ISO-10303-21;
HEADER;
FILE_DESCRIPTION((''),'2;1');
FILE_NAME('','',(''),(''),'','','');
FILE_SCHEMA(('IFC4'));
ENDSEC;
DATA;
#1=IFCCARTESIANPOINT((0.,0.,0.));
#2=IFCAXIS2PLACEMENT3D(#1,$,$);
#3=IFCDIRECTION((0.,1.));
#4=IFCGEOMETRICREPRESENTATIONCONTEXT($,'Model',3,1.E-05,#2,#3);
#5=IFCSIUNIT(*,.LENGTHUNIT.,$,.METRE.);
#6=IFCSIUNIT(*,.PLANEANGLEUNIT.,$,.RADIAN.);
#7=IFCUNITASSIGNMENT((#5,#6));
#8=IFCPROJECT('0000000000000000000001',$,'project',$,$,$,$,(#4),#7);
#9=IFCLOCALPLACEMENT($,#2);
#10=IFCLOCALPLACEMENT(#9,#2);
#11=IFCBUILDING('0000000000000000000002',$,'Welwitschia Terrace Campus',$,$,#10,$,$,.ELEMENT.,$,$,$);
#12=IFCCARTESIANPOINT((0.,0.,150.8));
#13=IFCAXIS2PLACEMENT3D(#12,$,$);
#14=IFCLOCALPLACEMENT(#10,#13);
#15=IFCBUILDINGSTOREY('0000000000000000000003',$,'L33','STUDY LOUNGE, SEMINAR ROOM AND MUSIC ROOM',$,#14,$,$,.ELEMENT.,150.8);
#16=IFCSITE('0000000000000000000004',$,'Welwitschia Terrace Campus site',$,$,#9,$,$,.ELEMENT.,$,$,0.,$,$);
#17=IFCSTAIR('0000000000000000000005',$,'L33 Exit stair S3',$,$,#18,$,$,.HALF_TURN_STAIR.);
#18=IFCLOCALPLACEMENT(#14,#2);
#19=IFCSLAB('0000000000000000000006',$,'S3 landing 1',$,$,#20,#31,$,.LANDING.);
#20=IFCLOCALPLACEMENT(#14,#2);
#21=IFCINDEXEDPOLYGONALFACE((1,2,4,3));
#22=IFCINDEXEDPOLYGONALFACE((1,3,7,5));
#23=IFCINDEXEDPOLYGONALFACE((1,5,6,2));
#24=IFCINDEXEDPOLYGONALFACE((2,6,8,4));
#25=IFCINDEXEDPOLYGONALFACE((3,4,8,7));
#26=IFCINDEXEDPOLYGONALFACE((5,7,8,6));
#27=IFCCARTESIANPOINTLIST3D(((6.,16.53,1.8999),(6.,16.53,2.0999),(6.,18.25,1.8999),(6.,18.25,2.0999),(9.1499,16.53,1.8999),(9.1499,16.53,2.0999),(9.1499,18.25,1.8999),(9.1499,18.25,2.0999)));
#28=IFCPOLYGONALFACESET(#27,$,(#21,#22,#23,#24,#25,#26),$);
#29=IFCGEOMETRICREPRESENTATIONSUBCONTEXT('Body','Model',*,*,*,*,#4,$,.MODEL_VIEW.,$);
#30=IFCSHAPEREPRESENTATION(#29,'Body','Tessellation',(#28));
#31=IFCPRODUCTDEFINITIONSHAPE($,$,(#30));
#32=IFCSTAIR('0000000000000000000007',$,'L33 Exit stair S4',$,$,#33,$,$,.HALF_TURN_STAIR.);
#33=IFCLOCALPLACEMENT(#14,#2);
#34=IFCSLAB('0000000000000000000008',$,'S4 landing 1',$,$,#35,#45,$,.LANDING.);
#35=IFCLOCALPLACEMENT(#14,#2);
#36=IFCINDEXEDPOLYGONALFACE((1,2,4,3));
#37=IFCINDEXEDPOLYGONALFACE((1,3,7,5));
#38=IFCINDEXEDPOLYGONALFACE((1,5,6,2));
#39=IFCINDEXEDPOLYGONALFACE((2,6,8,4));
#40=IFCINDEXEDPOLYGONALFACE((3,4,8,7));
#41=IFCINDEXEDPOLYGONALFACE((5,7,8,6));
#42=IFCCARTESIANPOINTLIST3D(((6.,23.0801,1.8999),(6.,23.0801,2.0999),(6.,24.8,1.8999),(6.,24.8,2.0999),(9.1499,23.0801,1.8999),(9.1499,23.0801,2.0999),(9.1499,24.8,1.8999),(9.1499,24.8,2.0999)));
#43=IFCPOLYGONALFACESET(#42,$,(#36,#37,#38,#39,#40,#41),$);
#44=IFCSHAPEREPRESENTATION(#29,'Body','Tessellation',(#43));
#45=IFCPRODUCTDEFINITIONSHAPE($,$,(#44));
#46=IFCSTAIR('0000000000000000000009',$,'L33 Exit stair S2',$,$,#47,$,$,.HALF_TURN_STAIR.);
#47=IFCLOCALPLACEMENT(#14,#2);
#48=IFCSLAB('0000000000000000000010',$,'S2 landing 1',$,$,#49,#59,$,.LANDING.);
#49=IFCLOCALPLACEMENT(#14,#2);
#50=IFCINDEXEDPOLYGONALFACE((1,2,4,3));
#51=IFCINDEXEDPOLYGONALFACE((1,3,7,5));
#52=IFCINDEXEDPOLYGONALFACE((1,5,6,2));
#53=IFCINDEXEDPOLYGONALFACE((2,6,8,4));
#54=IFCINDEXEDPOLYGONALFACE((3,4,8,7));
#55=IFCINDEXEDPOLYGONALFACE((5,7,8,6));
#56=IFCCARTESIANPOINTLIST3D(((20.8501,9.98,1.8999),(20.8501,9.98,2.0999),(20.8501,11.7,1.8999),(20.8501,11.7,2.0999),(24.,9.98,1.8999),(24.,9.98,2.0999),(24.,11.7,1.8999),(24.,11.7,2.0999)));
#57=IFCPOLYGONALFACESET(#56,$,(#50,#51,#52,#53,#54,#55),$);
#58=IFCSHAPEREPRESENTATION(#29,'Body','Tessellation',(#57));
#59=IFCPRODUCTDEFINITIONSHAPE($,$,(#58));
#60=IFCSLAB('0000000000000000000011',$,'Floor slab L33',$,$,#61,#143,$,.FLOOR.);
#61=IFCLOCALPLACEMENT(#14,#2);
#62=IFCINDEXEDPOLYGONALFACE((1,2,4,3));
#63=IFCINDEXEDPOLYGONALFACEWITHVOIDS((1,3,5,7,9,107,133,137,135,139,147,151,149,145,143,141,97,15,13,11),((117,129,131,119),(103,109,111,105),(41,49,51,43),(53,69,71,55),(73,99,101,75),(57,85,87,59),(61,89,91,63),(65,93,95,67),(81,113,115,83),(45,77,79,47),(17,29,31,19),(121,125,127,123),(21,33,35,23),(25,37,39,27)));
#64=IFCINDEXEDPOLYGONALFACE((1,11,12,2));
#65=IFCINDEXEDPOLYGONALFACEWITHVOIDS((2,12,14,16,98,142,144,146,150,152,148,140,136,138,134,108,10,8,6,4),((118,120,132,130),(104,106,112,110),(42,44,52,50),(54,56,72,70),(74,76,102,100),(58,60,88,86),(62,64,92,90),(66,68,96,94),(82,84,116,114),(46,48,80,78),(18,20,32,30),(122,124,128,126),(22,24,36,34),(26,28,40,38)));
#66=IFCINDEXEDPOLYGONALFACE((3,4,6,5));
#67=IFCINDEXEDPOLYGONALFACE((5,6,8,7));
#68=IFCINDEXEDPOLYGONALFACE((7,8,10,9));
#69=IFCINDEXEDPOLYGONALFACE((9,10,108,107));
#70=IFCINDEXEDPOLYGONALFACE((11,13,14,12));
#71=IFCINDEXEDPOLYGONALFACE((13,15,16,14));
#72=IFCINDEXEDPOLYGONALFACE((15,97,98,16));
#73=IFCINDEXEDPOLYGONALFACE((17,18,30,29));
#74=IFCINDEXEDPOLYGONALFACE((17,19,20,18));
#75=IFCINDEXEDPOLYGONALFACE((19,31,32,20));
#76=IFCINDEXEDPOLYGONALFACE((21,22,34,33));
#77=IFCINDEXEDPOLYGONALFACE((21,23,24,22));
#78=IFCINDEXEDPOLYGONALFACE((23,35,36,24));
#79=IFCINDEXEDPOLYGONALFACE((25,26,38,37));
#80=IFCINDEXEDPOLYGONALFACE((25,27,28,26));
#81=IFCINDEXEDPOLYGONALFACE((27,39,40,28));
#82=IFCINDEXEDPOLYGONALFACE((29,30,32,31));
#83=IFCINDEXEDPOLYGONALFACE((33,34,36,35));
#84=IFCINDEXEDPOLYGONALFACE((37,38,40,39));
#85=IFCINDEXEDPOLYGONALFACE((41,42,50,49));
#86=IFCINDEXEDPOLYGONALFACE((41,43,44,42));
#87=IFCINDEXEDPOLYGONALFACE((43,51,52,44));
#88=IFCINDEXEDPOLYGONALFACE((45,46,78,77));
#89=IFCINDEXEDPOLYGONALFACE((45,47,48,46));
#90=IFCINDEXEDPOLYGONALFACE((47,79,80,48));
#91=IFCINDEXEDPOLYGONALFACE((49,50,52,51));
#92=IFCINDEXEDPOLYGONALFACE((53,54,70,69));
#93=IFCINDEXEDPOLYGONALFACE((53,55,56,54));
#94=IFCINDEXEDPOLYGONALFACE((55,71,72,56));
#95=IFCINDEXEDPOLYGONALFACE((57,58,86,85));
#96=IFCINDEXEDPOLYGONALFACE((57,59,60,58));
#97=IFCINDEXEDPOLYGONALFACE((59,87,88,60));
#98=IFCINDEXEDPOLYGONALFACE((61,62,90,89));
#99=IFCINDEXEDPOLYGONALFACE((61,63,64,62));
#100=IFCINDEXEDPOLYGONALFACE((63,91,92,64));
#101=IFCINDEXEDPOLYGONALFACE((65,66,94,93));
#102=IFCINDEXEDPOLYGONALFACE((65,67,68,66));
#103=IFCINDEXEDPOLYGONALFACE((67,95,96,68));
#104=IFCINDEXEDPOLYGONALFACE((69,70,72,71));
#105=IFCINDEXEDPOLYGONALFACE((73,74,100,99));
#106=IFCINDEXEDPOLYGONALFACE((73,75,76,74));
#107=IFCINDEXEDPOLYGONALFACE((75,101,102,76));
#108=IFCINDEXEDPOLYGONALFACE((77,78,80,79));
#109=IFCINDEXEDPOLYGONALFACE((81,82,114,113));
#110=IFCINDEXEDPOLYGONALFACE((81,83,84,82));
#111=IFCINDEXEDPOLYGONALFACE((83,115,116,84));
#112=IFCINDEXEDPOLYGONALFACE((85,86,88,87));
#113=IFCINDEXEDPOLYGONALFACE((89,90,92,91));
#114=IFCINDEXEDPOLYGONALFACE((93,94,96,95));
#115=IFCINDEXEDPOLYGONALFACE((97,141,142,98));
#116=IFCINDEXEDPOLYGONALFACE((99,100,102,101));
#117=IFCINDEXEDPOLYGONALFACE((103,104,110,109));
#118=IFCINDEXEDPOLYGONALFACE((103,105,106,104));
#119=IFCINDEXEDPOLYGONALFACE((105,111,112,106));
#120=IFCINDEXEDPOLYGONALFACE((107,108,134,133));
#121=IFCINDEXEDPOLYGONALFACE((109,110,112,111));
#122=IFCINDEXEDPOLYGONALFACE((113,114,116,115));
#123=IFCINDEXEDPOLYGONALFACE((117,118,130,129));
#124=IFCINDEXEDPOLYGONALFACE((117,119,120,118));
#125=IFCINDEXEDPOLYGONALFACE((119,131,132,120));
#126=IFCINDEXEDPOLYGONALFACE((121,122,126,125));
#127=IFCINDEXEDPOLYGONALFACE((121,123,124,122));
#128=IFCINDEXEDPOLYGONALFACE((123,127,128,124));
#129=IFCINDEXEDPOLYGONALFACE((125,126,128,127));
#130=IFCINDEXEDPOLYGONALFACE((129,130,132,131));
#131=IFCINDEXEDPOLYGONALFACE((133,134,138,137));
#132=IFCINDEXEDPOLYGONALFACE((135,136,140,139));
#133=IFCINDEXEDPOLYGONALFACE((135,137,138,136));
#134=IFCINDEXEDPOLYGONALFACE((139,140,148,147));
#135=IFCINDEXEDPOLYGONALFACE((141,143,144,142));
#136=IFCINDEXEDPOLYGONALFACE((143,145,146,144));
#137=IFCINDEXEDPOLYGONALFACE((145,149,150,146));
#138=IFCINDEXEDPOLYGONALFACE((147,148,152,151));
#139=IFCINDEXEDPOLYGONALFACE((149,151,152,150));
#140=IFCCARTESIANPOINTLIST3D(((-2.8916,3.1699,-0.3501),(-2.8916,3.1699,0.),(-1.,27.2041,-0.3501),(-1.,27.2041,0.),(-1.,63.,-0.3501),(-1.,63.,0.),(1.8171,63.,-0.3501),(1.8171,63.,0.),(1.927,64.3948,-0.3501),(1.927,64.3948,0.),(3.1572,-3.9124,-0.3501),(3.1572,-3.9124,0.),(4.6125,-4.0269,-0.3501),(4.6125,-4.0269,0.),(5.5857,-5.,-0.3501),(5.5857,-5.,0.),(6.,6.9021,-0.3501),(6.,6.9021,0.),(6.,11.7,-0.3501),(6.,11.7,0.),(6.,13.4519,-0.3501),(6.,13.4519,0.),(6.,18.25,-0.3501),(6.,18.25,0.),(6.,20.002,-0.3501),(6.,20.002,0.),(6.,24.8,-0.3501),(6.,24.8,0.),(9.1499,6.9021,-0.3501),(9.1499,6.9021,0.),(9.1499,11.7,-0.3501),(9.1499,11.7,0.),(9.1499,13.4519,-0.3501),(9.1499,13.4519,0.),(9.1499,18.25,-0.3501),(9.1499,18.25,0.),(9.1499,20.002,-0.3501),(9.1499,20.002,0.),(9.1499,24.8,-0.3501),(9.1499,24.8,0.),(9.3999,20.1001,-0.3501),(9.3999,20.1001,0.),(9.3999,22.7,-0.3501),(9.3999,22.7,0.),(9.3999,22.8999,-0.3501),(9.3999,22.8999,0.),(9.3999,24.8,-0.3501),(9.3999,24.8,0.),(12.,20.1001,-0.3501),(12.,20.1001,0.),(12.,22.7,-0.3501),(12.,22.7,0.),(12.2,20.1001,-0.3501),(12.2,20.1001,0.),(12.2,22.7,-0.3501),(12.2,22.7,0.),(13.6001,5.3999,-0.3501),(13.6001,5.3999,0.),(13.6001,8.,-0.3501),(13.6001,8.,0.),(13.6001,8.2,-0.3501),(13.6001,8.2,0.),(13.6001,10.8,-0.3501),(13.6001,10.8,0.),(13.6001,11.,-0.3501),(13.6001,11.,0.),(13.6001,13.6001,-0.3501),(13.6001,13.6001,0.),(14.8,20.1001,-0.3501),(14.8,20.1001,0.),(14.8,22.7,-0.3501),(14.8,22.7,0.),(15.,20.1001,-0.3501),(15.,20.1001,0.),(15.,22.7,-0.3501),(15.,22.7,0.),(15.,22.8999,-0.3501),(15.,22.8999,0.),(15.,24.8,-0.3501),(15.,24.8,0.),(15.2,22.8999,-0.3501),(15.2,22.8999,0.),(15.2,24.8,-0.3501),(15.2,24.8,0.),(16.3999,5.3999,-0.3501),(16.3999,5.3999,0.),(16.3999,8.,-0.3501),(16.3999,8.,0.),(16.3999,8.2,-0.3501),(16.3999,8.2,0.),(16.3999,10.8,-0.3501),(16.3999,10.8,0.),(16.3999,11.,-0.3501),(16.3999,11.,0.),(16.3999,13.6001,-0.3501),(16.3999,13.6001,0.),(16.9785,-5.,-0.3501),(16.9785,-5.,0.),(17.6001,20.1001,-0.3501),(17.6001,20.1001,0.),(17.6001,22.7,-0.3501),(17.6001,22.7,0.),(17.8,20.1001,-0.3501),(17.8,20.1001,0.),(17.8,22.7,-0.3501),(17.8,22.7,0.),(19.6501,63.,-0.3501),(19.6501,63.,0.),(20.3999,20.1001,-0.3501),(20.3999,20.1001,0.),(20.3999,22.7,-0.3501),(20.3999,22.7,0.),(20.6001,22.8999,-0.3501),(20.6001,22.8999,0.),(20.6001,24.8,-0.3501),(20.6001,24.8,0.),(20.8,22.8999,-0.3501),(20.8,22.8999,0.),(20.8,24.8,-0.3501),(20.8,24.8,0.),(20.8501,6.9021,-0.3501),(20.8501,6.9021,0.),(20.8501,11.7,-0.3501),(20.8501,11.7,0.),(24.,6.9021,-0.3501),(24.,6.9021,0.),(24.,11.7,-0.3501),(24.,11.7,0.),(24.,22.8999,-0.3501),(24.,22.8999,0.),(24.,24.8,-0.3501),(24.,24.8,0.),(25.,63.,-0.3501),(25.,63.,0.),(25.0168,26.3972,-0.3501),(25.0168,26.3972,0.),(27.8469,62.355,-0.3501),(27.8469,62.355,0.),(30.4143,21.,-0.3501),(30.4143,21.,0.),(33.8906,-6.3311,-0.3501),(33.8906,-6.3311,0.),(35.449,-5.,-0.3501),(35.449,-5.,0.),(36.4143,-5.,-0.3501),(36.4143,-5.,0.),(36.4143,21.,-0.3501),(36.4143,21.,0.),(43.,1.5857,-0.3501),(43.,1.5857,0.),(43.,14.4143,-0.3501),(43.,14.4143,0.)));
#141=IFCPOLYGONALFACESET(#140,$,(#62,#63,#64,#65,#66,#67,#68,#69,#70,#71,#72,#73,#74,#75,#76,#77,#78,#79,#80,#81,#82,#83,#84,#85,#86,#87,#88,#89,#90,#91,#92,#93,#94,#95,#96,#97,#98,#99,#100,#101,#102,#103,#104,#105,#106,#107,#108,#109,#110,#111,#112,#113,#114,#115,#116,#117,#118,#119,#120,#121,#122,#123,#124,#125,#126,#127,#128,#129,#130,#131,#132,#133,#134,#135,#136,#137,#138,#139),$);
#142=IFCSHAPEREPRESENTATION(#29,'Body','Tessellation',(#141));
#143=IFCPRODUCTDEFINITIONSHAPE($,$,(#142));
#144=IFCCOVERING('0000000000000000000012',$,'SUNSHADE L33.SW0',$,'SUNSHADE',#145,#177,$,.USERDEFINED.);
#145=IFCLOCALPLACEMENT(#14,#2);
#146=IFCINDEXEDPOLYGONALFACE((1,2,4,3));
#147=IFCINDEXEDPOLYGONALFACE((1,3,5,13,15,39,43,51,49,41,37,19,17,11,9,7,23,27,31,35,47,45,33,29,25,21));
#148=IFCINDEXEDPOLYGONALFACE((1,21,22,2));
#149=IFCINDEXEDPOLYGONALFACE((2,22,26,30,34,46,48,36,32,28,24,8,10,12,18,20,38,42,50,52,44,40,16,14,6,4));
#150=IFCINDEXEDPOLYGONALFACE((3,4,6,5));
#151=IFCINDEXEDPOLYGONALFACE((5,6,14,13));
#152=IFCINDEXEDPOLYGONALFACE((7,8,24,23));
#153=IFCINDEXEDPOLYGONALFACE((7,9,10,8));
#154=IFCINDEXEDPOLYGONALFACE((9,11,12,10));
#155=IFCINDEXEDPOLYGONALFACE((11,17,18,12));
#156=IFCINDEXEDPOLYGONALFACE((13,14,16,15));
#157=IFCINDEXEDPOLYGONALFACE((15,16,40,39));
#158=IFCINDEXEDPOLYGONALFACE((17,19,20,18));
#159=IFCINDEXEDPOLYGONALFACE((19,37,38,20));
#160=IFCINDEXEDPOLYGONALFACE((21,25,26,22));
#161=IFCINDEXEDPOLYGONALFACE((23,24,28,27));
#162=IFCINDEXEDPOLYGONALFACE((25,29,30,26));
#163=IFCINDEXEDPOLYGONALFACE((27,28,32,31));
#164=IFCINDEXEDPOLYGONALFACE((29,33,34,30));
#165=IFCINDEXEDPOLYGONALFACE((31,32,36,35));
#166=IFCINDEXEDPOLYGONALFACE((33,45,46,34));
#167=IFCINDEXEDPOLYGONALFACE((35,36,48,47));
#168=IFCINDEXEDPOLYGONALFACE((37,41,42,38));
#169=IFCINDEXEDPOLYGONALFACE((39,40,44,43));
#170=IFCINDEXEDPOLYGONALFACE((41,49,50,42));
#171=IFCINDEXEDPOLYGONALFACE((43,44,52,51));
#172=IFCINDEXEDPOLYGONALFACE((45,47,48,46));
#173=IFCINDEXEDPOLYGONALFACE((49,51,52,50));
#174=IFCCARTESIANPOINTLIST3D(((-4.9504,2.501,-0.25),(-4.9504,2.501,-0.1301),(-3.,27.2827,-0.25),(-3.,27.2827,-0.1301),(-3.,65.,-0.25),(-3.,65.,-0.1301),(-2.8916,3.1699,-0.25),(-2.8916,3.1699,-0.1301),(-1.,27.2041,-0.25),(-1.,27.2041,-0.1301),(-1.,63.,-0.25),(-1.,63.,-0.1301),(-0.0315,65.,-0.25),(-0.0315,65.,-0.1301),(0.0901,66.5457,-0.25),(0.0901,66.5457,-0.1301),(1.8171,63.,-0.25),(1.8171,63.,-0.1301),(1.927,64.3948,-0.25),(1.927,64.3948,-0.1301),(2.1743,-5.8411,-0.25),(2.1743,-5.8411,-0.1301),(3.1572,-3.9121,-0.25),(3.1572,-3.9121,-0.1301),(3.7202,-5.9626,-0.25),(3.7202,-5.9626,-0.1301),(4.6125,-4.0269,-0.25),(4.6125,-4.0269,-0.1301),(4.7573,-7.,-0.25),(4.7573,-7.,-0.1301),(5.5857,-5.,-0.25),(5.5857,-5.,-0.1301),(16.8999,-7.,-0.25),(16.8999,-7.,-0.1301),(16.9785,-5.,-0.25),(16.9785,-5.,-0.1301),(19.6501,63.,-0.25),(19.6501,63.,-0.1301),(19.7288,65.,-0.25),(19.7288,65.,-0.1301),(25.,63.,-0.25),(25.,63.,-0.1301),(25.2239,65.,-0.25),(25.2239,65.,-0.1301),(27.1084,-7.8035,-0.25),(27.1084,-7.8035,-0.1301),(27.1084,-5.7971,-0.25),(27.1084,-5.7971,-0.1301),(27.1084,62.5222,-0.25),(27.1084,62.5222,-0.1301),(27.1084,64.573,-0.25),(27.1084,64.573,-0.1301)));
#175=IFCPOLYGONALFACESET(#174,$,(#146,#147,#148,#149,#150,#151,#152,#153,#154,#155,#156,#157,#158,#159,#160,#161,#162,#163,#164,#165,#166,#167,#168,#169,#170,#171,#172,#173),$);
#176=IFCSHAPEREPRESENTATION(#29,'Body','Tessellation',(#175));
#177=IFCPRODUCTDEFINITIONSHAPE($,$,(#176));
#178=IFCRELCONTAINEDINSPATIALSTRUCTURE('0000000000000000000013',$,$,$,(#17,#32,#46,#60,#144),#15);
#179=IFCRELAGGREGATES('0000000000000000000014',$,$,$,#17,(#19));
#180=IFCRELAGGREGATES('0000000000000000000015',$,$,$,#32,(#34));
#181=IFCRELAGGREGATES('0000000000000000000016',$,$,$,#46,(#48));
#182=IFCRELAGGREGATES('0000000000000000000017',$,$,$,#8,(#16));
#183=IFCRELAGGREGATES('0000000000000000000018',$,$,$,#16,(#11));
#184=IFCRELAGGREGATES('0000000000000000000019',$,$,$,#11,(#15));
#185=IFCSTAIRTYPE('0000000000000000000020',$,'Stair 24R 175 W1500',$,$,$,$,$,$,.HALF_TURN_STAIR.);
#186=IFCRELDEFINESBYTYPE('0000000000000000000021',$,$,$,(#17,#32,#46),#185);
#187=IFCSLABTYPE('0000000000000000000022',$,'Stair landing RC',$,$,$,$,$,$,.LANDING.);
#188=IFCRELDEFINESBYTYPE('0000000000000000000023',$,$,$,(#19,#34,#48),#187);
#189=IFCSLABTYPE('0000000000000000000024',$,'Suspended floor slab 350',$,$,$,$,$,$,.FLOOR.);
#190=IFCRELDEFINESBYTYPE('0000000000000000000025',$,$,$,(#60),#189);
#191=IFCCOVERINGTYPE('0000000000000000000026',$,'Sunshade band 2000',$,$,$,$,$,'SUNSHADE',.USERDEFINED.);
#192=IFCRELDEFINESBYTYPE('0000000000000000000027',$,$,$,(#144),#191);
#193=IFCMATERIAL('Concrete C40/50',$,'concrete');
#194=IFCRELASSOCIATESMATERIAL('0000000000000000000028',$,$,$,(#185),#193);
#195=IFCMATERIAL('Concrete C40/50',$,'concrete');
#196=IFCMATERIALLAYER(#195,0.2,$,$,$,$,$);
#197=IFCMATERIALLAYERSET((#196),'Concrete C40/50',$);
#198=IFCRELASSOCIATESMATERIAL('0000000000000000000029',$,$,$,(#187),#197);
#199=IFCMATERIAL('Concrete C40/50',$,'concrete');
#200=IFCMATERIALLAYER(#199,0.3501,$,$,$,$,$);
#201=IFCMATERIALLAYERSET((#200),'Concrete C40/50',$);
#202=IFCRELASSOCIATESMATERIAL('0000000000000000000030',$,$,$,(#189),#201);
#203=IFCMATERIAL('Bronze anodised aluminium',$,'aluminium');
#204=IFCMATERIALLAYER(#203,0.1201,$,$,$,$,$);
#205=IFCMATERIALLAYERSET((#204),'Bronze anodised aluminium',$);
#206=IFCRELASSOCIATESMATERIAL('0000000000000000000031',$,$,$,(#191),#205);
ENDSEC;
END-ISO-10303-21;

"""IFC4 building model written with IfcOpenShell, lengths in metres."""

from ifc_helpers import new_model, si_unit, direction, frame, origin, place, context, subcontext, project, spatial, polyline, outline, extrude, material, layer, layer_set, type_object, element, aggregate, save


model = new_model("IFC4")

# Units and contexts
model_context = context("Model", 3, precision=1e-05, world=origin(), true_north=direction((0.0, 1.0)))
body_context = subcontext(model_context, "Body", "Model", "MODEL_VIEW")
ifc_project = project(units=[si_unit("LENGTHUNIT", "METRE"), si_unit("PLANEANGLEUNIT", "RADIAN")], contexts=[model_context])

# Site, building, storey
site_placement = place(None, origin())
site = spatial("IfcSite", under=ifc_project, at=site_placement, Name="Welwitschia Terrace Campus site", CompositionType="ELEMENT", RefElevation=0.0)
building_placement = place(site_placement, origin())
building = spatial("IfcBuilding", under=site, at=building_placement, Name="Welwitschia Terrace Campus", CompositionType="ELEMENT")
storey_placement = place(building_placement, frame((0.0, 0.0, 150.8)))
storey = spatial("IfcBuildingStorey", under=building, at=storey_placement, Name="L33", Description="STUDY LOUNGE, SEMINAR ROOM AND MUSIC ROOM", CompositionType="ELEMENT", Elevation=150.8)

# Stairs, slabs
ifc_material_1 = material(Name="Concrete C40/50", Category="concrete")
stair_type = type_object("IfcStairType", Name="Stair 24R 175 W1500", PredefinedType="HALF_TURN_STAIR", material=ifc_material_1)
ifc_material_2 = material(Name="Concrete C40/50", Category="concrete")
ifc_layer_1 = layer(ifc_material_2, 0.2)
ifc_layer_set_1 = layer_set([ifc_layer_1], Name="Concrete C40/50")
slab_type_1 = type_object("IfcSlabType", Name="Stair landing RC", PredefinedType="LANDING", material=ifc_layer_set_1)
stair_1_placement = place(storey_placement, origin())
stair_1 = element("IfcStair", 1, at=stair_1_placement, inside=storey, type_object=stair_type, Name="L33 Exit stair S3", PredefinedType="HALF_TURN_STAIR")
slab_1_placement = place(storey_placement, frame((0.0, 0.0, 1.8999)))
slab_1 = element("IfcSlab", 2, at=slab_1_placement, type_object=slab_type_1, Name="S3 landing 1", PredefinedType="LANDING", context=body_context, shape_type="SweptSolid", body=[
    extrude(outline(polyline([(9.1499, 16.53), (9.1499, 18.25), (6.0, 18.25), (6.0, 16.53), (9.1499, 16.53)])), origin(), (0.0, 0.0, 1.0), 0.2),
])
aggregate(stair_1, [slab_1])
stair_2_placement = place(storey_placement, origin())
stair_2 = element("IfcStair", 3, at=stair_2_placement, inside=storey, type_object=stair_type, Name="L33 Exit stair S4", PredefinedType="HALF_TURN_STAIR")
slab_2_placement = place(storey_placement, frame((0.0, 0.0, 1.8999)))
slab_2 = element("IfcSlab", 4, at=slab_2_placement, type_object=slab_type_1, Name="S4 landing 1", PredefinedType="LANDING", context=body_context, shape_type="SweptSolid", body=[
    extrude(outline(polyline([(9.1499, 23.0801), (9.1499, 24.8), (6.0, 24.8), (6.0, 23.0801), (9.1499, 23.0801)])), origin(), (0.0, 0.0, 1.0), 0.2),
])
aggregate(stair_2, [slab_2])
stair_3_placement = place(storey_placement, origin())
stair_3 = element("IfcStair", 5, at=stair_3_placement, inside=storey, type_object=stair_type, Name="L33 Exit stair S2", PredefinedType="HALF_TURN_STAIR")
slab_3_placement = place(storey_placement, frame((0.0, 0.0, 1.8999)))
slab_3 = element("IfcSlab", 6, at=slab_3_placement, type_object=slab_type_1, Name="S2 landing 1", PredefinedType="LANDING", context=body_context, shape_type="SweptSolid", body=[
    extrude(outline(polyline([(24.0, 9.98), (24.0, 11.7), (20.8501, 11.7), (20.8501, 9.98), (24.0, 9.98)])), origin(), (0.0, 0.0, 1.0), 0.2),
])
aggregate(stair_3, [slab_3])

# Slab
ifc_material_3 = material(Name="Concrete C40/50", Category="concrete")
ifc_layer_2 = layer(ifc_material_3, 0.3501)
ifc_layer_set_2 = layer_set([ifc_layer_2], Name="Concrete C40/50")
slab_type_2 = type_object("IfcSlabType", Name="Suspended floor slab 350", PredefinedType="FLOOR", material=ifc_layer_set_2)
slab_4_placement = place(storey_placement, frame((0.0, 0.0, -0.3501)))
element("IfcSlab", 7, at=slab_4_placement, inside=storey, type_object=slab_type_2, Name="Floor slab L33", PredefinedType="FLOOR", context=body_context, shape_type="SweptSolid", body=[
    extrude(outline(polyline([(1.8171, 63.0), (1.927, 64.3948), (19.6501, 63.0), (25.0, 63.0), (27.8469, 62.355), (25.0168, 26.3972), (30.4143, 21.0), (36.4143, 21.0), (43.0, 14.4143), (43.0, 1.5857), (36.4143, -5.0), (35.449, -5.0), (33.8906, -6.3311), (16.9785, -5.0), (5.5857, -5.0), (4.6125, -4.0269), (3.1572, -3.9124), (-2.8916, 3.1699), (-1.0, 27.2041), (-1.0, 63.0), (1.8171, 63.0)]), holes=[polyline([(13.6001, 8.0), (13.6001, 5.3999), (16.3999, 5.3999), (16.3999, 8.0), (13.6001, 8.0)]), polyline([(9.1499, 11.7), (6.0, 11.7), (6.0, 6.9021), (9.1499, 6.9021), (9.1499, 11.7)]), polyline([(9.1499, 18.25), (6.0, 18.25), (6.0, 13.4519), (9.1499, 13.4519), (9.1499, 18.25)]), polyline([(12.0, 22.7), (9.3999, 22.7), (9.3999, 20.1001), (12.0, 20.1001), (12.0, 22.7)]), polyline([(14.8, 22.7), (12.2, 22.7), (12.2, 20.1001), (14.8, 20.1001), (14.8, 22.7)]), polyline([(9.1499, 24.8), (6.0, 24.8), (6.0, 20.002), (9.1499, 20.002), (9.1499, 24.8)]), polyline([(15.0, 24.8), (9.3999, 24.8), (9.3999, 22.8999), (15.0, 22.8999), (15.0, 24.8)]), polyline([(20.8501, 11.7), (20.8501, 6.9021), (24.0, 6.9021), (24.0, 11.7), (20.8501, 11.7)]), polyline([(16.3999, 10.8), (13.6001, 10.8), (13.6001, 8.2), (16.3999, 8.2), (16.3999, 10.8)]), polyline([(16.3999, 13.6001), (13.6001, 13.6001), (13.6001, 11.0), (16.3999, 11.0), (16.3999, 13.6001)]), polyline([(17.6001, 22.7), (15.0, 22.7), (15.0, 20.1001), (17.6001, 20.1001), (17.6001, 22.7)]), polyline([(20.3999, 22.7), (17.8, 22.7), (17.8, 20.1001), (20.3999, 20.1001), (20.3999, 22.7)]), polyline([(20.6001, 24.8), (15.2, 24.8), (15.2, 22.8999), (20.6001, 22.8999), (20.6001, 24.8)]), polyline([(24.0, 24.8), (20.8, 24.8), (20.8, 22.8999), (24.0, 22.8999), (24.0, 24.8)])]), origin(), (0.0, 0.0, 1.0), 0.3501),
])

# Covering
ifc_material_4 = material(Name="Bronze anodised aluminium", Category="aluminium")
ifc_layer_3 = layer(ifc_material_4, 0.1201)
ifc_layer_set_3 = layer_set([ifc_layer_3], Name="Bronze anodised aluminium")
covering_type_1 = type_object("IfcCoveringType", Name="Sunshade band 2000", ElementType="SUNSHADE", PredefinedType="USERDEFINED", material=ifc_layer_set_3)
covering_1_placement = place(storey_placement, frame((0.0, 0.0, -0.25)))
element("IfcCovering", 8, at=covering_1_placement, inside=storey, type_object=covering_type_1, Name="SUNSHADE L33.SW0", ObjectType="SUNSHADE", PredefinedType="USERDEFINED", context=body_context, shape_type="SweptSolid", body=[
    extrude(outline(polyline([(0.0901, 66.5457), (19.7288, 65.0), (25.2239, 65.0), (27.1084, 64.573), (27.1084, 62.5222), (25.0, 63.0), (19.6501, 63.0), (1.927, 64.3948), (1.8171, 63.0), (-1.0, 63.0), (-1.0, 27.2041), (-2.8916, 3.1699), (3.1572, -3.9121), (4.6125, -4.0269), (5.5857, -5.0), (16.9785, -5.0), (27.1084, -5.7971), (27.1084, -7.8035), (16.8999, -7.0), (4.7573, -7.0), (3.7202, -5.9626), (2.1743, -5.8411), (-4.9504, 2.501), (-3.0, 27.2827), (-3.0, 65.0), (-0.0315, 65.0), (0.0901, 66.5457)])), origin(), (0.0, 0.0, 1.0), 0.1199),
])

save(model, "model.ifc")
